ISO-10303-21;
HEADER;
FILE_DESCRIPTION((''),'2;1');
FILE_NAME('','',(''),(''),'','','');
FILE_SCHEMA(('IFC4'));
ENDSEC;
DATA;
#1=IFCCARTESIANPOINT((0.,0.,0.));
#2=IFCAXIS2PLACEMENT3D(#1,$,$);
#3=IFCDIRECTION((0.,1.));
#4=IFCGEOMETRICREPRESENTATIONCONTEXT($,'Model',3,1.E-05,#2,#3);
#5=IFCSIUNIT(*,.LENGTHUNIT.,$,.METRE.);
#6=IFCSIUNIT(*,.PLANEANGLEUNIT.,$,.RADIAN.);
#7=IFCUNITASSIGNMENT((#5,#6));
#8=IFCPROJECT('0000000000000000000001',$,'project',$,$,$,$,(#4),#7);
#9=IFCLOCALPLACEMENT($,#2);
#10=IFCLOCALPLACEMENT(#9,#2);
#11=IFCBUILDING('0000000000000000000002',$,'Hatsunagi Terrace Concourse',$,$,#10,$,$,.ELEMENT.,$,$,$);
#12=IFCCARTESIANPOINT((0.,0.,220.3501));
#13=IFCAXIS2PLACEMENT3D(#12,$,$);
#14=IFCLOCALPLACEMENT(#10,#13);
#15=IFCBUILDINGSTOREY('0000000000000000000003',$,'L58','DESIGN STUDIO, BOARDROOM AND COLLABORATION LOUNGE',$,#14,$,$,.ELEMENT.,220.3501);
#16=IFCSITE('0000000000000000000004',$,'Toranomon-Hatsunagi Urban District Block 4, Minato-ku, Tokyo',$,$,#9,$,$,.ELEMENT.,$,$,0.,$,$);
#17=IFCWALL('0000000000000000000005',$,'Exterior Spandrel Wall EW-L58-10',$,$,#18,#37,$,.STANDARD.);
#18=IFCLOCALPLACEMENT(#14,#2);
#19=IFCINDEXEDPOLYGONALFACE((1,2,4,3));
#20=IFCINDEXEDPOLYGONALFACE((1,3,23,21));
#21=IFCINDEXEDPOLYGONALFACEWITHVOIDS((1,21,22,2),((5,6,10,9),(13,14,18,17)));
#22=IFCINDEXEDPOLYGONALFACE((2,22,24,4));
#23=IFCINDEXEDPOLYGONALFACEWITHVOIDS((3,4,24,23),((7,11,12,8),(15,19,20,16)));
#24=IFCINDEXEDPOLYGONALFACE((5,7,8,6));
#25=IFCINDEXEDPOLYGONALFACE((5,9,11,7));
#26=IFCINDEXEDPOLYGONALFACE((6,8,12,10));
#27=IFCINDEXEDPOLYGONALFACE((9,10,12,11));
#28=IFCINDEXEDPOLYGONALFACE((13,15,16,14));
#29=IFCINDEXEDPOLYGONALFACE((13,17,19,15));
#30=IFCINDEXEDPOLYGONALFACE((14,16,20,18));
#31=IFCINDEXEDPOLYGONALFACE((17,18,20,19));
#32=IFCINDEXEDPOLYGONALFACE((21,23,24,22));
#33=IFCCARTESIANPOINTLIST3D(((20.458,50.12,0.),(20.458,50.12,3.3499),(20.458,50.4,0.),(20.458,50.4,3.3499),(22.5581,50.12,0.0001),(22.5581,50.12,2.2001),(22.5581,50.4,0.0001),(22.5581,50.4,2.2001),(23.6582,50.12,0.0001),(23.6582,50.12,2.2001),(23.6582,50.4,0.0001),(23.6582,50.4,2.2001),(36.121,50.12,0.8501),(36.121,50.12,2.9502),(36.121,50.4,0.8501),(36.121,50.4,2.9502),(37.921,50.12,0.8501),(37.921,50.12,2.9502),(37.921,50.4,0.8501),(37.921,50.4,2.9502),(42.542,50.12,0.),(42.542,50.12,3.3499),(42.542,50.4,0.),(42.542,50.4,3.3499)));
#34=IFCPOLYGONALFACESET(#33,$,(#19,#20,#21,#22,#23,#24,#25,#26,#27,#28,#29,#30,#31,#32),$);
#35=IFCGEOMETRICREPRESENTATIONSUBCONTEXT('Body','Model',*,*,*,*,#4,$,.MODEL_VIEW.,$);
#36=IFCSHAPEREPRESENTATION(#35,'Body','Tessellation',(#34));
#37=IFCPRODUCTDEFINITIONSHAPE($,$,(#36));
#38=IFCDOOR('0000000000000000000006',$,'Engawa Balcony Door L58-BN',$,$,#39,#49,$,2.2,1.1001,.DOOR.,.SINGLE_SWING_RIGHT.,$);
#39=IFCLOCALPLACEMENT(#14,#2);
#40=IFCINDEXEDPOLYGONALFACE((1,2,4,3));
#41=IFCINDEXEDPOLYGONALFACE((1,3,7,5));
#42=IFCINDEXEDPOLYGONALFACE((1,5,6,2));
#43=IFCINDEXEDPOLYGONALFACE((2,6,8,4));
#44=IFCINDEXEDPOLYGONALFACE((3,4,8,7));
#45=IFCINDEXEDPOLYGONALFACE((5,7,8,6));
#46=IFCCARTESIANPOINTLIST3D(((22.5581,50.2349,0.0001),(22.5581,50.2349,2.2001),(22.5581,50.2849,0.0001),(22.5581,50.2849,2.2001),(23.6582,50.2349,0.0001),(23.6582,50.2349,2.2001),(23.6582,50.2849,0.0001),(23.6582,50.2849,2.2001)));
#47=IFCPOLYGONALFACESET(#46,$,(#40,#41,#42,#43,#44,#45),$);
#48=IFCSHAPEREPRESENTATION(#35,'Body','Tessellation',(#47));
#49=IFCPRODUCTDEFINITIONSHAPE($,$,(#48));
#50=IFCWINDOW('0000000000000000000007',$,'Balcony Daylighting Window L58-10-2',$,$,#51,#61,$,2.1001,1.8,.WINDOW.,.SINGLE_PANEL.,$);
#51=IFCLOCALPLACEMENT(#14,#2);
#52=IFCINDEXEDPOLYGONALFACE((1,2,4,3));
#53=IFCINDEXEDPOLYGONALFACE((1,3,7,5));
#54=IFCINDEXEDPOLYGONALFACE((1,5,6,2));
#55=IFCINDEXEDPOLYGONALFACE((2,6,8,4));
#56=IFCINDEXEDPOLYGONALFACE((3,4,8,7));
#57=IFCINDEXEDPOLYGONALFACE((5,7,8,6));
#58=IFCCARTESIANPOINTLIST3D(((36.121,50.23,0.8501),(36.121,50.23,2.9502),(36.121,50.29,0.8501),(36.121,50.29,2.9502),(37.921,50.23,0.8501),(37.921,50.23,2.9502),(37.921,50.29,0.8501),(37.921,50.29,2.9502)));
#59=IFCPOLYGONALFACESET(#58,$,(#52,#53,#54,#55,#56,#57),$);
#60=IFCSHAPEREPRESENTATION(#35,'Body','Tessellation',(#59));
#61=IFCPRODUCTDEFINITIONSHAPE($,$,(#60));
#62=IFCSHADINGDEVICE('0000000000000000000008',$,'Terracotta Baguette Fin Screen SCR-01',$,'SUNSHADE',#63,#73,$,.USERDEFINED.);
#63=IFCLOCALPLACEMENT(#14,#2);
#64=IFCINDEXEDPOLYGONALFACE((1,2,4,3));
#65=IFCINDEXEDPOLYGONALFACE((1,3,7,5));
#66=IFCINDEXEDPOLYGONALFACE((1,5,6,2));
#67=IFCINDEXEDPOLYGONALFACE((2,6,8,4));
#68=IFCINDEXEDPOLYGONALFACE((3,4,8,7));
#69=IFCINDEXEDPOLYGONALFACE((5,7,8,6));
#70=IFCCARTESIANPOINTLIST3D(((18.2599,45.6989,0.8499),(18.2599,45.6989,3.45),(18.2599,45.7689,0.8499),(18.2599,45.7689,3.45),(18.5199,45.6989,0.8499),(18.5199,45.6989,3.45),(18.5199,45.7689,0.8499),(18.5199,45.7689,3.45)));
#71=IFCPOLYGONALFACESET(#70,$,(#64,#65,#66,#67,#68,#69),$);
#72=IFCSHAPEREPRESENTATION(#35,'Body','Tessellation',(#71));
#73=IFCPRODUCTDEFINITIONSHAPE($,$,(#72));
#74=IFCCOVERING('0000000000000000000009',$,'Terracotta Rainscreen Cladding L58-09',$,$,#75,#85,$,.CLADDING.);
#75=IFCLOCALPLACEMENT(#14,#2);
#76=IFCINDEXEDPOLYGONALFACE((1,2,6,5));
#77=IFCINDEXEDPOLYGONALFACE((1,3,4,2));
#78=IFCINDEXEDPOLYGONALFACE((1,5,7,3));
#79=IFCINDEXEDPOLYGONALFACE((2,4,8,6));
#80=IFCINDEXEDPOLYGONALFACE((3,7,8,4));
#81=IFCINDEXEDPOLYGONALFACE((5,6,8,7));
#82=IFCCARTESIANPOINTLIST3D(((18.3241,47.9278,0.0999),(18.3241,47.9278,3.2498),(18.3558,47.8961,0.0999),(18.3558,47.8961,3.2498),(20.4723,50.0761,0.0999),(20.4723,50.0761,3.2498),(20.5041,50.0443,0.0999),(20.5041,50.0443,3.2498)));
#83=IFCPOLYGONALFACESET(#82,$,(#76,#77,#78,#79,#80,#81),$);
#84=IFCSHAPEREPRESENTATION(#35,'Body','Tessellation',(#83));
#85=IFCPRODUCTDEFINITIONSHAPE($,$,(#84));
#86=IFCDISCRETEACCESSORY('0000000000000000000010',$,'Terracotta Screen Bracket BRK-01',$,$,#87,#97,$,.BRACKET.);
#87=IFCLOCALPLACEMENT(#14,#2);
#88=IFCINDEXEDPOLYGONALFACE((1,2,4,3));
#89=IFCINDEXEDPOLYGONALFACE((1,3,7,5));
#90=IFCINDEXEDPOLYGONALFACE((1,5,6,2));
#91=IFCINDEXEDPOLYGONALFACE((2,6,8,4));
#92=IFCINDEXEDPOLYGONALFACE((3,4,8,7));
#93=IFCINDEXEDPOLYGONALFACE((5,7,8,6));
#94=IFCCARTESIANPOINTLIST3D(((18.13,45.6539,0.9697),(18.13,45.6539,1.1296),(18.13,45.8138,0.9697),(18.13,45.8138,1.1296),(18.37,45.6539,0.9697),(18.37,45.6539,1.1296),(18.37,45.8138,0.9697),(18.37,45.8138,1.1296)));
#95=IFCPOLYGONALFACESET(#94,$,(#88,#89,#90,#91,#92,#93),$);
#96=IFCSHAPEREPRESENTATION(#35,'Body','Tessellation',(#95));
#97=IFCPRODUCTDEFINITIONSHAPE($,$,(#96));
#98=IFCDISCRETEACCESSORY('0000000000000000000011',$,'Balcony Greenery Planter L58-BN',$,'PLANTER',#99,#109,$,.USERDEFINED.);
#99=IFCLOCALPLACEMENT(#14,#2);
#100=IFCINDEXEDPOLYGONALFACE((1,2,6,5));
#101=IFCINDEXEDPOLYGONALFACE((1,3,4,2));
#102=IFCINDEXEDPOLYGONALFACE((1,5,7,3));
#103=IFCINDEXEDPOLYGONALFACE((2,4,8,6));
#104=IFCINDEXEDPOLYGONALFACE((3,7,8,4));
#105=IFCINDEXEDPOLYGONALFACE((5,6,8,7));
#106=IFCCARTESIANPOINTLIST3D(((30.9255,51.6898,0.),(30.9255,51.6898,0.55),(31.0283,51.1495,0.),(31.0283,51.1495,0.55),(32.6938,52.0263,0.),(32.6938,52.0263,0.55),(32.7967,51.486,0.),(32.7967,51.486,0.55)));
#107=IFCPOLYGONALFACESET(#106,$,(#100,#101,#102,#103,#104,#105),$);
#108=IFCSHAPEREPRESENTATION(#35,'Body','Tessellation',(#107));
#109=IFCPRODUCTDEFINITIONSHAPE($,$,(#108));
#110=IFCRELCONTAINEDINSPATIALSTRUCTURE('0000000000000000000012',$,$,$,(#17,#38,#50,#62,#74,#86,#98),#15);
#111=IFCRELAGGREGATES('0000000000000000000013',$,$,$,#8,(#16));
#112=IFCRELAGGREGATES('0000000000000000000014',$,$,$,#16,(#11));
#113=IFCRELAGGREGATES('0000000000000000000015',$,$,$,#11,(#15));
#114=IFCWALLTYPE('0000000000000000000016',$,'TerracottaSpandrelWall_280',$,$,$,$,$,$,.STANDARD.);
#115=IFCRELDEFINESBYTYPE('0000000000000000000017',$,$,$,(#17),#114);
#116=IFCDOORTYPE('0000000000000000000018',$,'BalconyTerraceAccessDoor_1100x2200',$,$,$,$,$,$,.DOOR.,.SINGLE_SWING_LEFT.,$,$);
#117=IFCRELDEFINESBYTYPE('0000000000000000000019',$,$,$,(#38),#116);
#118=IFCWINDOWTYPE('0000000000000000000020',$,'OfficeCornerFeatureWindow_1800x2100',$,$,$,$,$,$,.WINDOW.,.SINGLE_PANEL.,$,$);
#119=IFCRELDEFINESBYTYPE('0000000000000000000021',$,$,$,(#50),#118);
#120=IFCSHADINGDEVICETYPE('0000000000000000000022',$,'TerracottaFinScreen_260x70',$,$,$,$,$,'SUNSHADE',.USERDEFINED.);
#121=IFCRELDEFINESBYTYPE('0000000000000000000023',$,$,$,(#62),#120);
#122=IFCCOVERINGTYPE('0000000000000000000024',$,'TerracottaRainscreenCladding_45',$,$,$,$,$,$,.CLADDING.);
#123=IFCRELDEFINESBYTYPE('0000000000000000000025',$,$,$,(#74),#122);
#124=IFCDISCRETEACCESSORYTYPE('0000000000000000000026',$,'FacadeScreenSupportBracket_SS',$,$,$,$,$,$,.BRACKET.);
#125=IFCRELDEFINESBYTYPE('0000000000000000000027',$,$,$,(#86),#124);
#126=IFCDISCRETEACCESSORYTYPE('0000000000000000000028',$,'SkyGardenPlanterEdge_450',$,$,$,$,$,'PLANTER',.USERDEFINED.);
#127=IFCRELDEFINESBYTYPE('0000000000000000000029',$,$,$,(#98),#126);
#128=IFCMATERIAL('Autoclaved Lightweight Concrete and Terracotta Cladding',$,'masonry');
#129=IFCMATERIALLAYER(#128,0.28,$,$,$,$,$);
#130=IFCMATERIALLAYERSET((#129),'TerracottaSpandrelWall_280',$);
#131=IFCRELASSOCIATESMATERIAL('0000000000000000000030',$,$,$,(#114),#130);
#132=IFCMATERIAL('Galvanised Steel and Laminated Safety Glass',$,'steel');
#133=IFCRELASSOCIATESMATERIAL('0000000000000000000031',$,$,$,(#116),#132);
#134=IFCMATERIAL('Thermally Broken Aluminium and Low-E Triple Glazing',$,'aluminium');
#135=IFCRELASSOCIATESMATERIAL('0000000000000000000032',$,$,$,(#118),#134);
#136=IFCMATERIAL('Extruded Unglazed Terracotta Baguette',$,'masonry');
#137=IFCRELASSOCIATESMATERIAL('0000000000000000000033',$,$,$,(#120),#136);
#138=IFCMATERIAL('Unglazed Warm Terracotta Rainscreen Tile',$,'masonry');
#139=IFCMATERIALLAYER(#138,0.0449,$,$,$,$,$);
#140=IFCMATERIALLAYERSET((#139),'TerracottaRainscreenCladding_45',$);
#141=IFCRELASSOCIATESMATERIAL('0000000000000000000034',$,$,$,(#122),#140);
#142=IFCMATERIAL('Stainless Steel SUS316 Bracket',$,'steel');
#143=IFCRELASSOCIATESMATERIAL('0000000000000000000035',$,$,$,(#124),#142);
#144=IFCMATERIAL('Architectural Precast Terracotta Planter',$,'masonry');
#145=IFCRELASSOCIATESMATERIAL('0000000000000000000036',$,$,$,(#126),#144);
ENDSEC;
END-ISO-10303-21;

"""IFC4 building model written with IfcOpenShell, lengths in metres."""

from ifc_helpers import new_model, si_unit, direction, frame, frame_2d, origin, origin_2d, place, context, subcontext, project, spatial, rectangle, extrude, material, layer, layer_set, type_object, element, fill, save


model = new_model("IFC4")

# Units and contexts
model_context = context("Model", 3, precision=1e-05, world=origin(), true_north=direction((0.0, 1.0)))
body_context = subcontext(model_context, "Body", "Model", "MODEL_VIEW")
ifc_project = project(units=[si_unit("LENGTHUNIT", "METRE"), si_unit("PLANEANGLEUNIT", "RADIAN")], contexts=[model_context])

# Site, building, storey
site_placement = place(None, origin())
site = spatial("IfcSite", under=ifc_project, at=site_placement, Name="Toranomon-Hatsunagi Urban District Block 4, Minato-ku, Tokyo", CompositionType="ELEMENT", RefElevation=0.0)
building_placement = place(site_placement, origin())
building = spatial("IfcBuilding", under=site, at=building_placement, Name="Hatsunagi Terrace Concourse", CompositionType="ELEMENT")
storey_placement = place(building_placement, frame((0.0, 0.0, 220.3501)))
storey = spatial("IfcBuildingStorey", under=building, at=storey_placement, Name="L58", Description="DESIGN STUDIO, BOARDROOM AND COLLABORATION LOUNGE", CompositionType="ELEMENT", Elevation=220.3501)

# Shared definitions
ifc_material_1 = material(Name="Autoclaved Lightweight Concrete and Terracotta Cladding", Category="masonry")
ifc_layer_1 = layer(ifc_material_1, 0.28)
ifc_layer_set_1 = layer_set([ifc_layer_1], Name="TerracottaSpandrelWall_280")
wall_type_1 = type_object("IfcWallType", Name="TerracottaSpandrelWall_280", PredefinedType="STANDARD", material=ifc_layer_set_1)

# Wall, openings, door, window
wall_1_placement = place(storey_placement, frame((20.458, 50.26, 0.0), z_axis=(0.0, 0.0, 1.0), x_axis=(1.0, 0.0, 0.0)))
wall_1 = element("IfcWall", 1, at=wall_1_placement, inside=storey, type_object=wall_type_1, Name="Exterior Spandrel Wall EW-L58-10", PredefinedType="STANDARD", context=body_context, shape_type="SweptSolid", body=[
    extrude(rectangle(XDim=22.084, YDim=0.28, at=frame_2d((11.042, 0.0))), origin(), (0.0, 0.0, 1.0), 3.3499),
])
opening_1_placement = place(wall_1_placement, frame((2.1001, 0.0, 0.0)))
opening_1 = element("IfcOpeningElement", 2, at=opening_1_placement, cuts=wall_1, PredefinedType="OPENING", context=body_context, shape_type="SweptSolid", body=[
    extrude(rectangle(XDim=1.1001, YDim=2.2, at=frame_2d((0.55, 1.1001))), frame((0.0, 0.1499, 0.0), z_axis=(0.0, -1.0, 0.0), x_axis=(1.0, 0.0, 0.0)), (0.0, 0.0, 1.0), 0.3),
])
opening_2_placement = place(wall_1_placement, frame((15.6631, 0.0, 0.8501)))
opening_2 = element("IfcOpeningElement", 3, at=opening_2_placement, cuts=wall_1, PredefinedType="OPENING", context=body_context, shape_type="SweptSolid", body=[
    extrude(rectangle(XDim=1.8, YDim=2.1001, at=frame_2d((0.8999, 1.05))), frame((0.0, 0.1499, 0.0), z_axis=(0.0, -1.0, 0.0), x_axis=(1.0, 0.0, 0.0)), (0.0, 0.0, 1.0), 0.3),
])
ifc_material_2 = material(Name="Galvanised Steel and Laminated Safety Glass", Category="steel")
door_type_1 = type_object("IfcDoorType", Name="BalconyTerraceAccessDoor_1100x2200", OperationType="SINGLE_SWING_LEFT", PredefinedType="DOOR", material=ifc_material_2)
door_1_placement = place(opening_1_placement, origin())
door_1 = element("IfcDoor", 4, at=door_1_placement, inside=storey, type_object=door_type_1, Name="Engawa Balcony Door L58-BN", OperationType="SINGLE_SWING_RIGHT", OverallHeight=2.2, OverallWidth=1.1001, PredefinedType="DOOR", context=body_context, shape_type="SweptSolid", body=[
    extrude(rectangle(XDim=1.1001, YDim=2.2, at=frame_2d((0.55, 1.1001))), frame((0.0, 0.0249, 0.0), z_axis=(0.0, -1.0, 0.0), x_axis=(1.0, 0.0, 0.0)), (0.0, 0.0, 1.0), 0.05),
])
fill(opening_1, door_1)
ifc_material_3 = material(Name="Thermally Broken Aluminium and Low-E Triple Glazing", Category="aluminium")
window_type = type_object("IfcWindowType", Name="OfficeCornerFeatureWindow_1800x2100", PartitioningType="SINGLE_PANEL", PredefinedType="WINDOW", material=ifc_material_3)
window_placement = place(opening_2_placement, origin())
window = element("IfcWindow", 5, at=window_placement, inside=storey, type_object=window_type, Name="Balcony Daylighting Window L58-10-2", OverallHeight=2.1001, OverallWidth=1.8, PartitioningType="SINGLE_PANEL", PredefinedType="WINDOW", context=body_context, shape_type="SweptSolid", body=[
    extrude(rectangle(XDim=1.8, YDim=2.1001, at=frame_2d((0.8999, 1.05))), frame((0.0, 0.03, 0.0), z_axis=(0.0, -1.0, 0.0), x_axis=(1.0, 0.0, 0.0)), (0.0, 0.0, 1.0), 0.0601),
])
fill(opening_2, window)

# Shading device
ifc_material_4 = material(Name="Extruded Unglazed Terracotta Baguette", Category="masonry")
shading_device_type = type_object("IfcShadingDeviceType", Name="TerracottaFinScreen_260x70", ElementType="SUNSHADE", PredefinedType="USERDEFINED", material=ifc_material_4)
shading_device_placement = place(storey_placement, frame((18.3899, 45.7339, 0.8499), z_axis=(0.0, 0.0, 1.0), x_axis=(0.0, 1.0, 0.0)))
element("IfcShadingDevice", 6, at=shading_device_placement, inside=storey, type_object=shading_device_type, Name="Terracotta Baguette Fin Screen SCR-01", ObjectType="SUNSHADE", PredefinedType="USERDEFINED", context=body_context, shape_type="SweptSolid", body=[
    extrude(rectangle(XDim=0.0701, YDim=0.26, at=origin_2d()), origin(), (0.0, 0.0, 1.0), 2.6001),
])

# Covering
ifc_material_5 = material(Name="Unglazed Warm Terracotta Rainscreen Tile", Category="masonry")
ifc_layer_2 = layer(ifc_material_5, 0.0449)
ifc_layer_set_2 = layer_set([ifc_layer_2], Name="TerracottaRainscreenCladding_45")
covering_type = type_object("IfcCoveringType", Name="TerracottaRainscreenCladding_45", PredefinedType="CLADDING", material=ifc_layer_set_2)
covering_placement = place(storey_placement, frame((19.4141, 48.9861, 0.0999), z_axis=(0.0, 0.0, 1.0), x_axis=(0.707107, 0.707107, 0.0)))
element("IfcCovering", 7, at=covering_placement, inside=storey, type_object=covering_type, Name="Terracotta Rainscreen Cladding L58-09", PredefinedType="CLADDING", context=body_context, shape_type="SweptSolid", body=[
    extrude(rectangle(XDim=3.0381, YDim=0.0449, at=origin_2d()), origin(), (0.0, 0.0, 1.0), 3.1499),
])

# Discrete accessories
ifc_material_6 = material(Name="Stainless Steel SUS316 Bracket", Category="steel")
discrete_accessory_type_1 = type_object("IfcDiscreteAccessoryType", Name="FacadeScreenSupportBracket_SS", PredefinedType="BRACKET", material=ifc_material_6)
discrete_accessory_1_placement = place(storey_placement, frame((18.25, 45.7339, 0.9697), z_axis=(0.0, 0.0, 1.0), x_axis=(0.0, 1.0, 0.0)))
element("IfcDiscreteAccessory", 8, at=discrete_accessory_1_placement, inside=storey, type_object=discrete_accessory_type_1, Name="Terracotta Screen Bracket BRK-01", PredefinedType="BRACKET", context=body_context, shape_type="SweptSolid", body=[
    extrude(rectangle(XDim=0.1599, YDim=0.24, at=origin_2d()), origin(), (0.0, 0.0, 1.0), 0.1599),
])
ifc_material_7 = material(Name="Architectural Precast Terracotta Planter", Category="masonry")
discrete_accessory_type_2 = type_object("IfcDiscreteAccessoryType", Name="SkyGardenPlanterEdge_450", ElementType="PLANTER", PredefinedType="USERDEFINED", material=ifc_material_7)
discrete_accessory_2_placement = place(storey_placement, frame((31.8611, 51.5879, 0.0), z_axis=(0.0, 0.0, 1.0), x_axis=(0.982369, 0.186953, 0.0)))
element("IfcDiscreteAccessory", 9, at=discrete_accessory_2_placement, inside=storey, type_object=discrete_accessory_type_2, Name="Balcony Greenery Planter L58-BN", ObjectType="PLANTER", PredefinedType="USERDEFINED", context=body_context, shape_type="SweptSolid", body=[
    extrude(rectangle(XDim=1.8, YDim=0.55, at=origin_2d()), origin(), (0.0, 0.0, 1.0), 0.55),
])

save(model, "model.ifc")
